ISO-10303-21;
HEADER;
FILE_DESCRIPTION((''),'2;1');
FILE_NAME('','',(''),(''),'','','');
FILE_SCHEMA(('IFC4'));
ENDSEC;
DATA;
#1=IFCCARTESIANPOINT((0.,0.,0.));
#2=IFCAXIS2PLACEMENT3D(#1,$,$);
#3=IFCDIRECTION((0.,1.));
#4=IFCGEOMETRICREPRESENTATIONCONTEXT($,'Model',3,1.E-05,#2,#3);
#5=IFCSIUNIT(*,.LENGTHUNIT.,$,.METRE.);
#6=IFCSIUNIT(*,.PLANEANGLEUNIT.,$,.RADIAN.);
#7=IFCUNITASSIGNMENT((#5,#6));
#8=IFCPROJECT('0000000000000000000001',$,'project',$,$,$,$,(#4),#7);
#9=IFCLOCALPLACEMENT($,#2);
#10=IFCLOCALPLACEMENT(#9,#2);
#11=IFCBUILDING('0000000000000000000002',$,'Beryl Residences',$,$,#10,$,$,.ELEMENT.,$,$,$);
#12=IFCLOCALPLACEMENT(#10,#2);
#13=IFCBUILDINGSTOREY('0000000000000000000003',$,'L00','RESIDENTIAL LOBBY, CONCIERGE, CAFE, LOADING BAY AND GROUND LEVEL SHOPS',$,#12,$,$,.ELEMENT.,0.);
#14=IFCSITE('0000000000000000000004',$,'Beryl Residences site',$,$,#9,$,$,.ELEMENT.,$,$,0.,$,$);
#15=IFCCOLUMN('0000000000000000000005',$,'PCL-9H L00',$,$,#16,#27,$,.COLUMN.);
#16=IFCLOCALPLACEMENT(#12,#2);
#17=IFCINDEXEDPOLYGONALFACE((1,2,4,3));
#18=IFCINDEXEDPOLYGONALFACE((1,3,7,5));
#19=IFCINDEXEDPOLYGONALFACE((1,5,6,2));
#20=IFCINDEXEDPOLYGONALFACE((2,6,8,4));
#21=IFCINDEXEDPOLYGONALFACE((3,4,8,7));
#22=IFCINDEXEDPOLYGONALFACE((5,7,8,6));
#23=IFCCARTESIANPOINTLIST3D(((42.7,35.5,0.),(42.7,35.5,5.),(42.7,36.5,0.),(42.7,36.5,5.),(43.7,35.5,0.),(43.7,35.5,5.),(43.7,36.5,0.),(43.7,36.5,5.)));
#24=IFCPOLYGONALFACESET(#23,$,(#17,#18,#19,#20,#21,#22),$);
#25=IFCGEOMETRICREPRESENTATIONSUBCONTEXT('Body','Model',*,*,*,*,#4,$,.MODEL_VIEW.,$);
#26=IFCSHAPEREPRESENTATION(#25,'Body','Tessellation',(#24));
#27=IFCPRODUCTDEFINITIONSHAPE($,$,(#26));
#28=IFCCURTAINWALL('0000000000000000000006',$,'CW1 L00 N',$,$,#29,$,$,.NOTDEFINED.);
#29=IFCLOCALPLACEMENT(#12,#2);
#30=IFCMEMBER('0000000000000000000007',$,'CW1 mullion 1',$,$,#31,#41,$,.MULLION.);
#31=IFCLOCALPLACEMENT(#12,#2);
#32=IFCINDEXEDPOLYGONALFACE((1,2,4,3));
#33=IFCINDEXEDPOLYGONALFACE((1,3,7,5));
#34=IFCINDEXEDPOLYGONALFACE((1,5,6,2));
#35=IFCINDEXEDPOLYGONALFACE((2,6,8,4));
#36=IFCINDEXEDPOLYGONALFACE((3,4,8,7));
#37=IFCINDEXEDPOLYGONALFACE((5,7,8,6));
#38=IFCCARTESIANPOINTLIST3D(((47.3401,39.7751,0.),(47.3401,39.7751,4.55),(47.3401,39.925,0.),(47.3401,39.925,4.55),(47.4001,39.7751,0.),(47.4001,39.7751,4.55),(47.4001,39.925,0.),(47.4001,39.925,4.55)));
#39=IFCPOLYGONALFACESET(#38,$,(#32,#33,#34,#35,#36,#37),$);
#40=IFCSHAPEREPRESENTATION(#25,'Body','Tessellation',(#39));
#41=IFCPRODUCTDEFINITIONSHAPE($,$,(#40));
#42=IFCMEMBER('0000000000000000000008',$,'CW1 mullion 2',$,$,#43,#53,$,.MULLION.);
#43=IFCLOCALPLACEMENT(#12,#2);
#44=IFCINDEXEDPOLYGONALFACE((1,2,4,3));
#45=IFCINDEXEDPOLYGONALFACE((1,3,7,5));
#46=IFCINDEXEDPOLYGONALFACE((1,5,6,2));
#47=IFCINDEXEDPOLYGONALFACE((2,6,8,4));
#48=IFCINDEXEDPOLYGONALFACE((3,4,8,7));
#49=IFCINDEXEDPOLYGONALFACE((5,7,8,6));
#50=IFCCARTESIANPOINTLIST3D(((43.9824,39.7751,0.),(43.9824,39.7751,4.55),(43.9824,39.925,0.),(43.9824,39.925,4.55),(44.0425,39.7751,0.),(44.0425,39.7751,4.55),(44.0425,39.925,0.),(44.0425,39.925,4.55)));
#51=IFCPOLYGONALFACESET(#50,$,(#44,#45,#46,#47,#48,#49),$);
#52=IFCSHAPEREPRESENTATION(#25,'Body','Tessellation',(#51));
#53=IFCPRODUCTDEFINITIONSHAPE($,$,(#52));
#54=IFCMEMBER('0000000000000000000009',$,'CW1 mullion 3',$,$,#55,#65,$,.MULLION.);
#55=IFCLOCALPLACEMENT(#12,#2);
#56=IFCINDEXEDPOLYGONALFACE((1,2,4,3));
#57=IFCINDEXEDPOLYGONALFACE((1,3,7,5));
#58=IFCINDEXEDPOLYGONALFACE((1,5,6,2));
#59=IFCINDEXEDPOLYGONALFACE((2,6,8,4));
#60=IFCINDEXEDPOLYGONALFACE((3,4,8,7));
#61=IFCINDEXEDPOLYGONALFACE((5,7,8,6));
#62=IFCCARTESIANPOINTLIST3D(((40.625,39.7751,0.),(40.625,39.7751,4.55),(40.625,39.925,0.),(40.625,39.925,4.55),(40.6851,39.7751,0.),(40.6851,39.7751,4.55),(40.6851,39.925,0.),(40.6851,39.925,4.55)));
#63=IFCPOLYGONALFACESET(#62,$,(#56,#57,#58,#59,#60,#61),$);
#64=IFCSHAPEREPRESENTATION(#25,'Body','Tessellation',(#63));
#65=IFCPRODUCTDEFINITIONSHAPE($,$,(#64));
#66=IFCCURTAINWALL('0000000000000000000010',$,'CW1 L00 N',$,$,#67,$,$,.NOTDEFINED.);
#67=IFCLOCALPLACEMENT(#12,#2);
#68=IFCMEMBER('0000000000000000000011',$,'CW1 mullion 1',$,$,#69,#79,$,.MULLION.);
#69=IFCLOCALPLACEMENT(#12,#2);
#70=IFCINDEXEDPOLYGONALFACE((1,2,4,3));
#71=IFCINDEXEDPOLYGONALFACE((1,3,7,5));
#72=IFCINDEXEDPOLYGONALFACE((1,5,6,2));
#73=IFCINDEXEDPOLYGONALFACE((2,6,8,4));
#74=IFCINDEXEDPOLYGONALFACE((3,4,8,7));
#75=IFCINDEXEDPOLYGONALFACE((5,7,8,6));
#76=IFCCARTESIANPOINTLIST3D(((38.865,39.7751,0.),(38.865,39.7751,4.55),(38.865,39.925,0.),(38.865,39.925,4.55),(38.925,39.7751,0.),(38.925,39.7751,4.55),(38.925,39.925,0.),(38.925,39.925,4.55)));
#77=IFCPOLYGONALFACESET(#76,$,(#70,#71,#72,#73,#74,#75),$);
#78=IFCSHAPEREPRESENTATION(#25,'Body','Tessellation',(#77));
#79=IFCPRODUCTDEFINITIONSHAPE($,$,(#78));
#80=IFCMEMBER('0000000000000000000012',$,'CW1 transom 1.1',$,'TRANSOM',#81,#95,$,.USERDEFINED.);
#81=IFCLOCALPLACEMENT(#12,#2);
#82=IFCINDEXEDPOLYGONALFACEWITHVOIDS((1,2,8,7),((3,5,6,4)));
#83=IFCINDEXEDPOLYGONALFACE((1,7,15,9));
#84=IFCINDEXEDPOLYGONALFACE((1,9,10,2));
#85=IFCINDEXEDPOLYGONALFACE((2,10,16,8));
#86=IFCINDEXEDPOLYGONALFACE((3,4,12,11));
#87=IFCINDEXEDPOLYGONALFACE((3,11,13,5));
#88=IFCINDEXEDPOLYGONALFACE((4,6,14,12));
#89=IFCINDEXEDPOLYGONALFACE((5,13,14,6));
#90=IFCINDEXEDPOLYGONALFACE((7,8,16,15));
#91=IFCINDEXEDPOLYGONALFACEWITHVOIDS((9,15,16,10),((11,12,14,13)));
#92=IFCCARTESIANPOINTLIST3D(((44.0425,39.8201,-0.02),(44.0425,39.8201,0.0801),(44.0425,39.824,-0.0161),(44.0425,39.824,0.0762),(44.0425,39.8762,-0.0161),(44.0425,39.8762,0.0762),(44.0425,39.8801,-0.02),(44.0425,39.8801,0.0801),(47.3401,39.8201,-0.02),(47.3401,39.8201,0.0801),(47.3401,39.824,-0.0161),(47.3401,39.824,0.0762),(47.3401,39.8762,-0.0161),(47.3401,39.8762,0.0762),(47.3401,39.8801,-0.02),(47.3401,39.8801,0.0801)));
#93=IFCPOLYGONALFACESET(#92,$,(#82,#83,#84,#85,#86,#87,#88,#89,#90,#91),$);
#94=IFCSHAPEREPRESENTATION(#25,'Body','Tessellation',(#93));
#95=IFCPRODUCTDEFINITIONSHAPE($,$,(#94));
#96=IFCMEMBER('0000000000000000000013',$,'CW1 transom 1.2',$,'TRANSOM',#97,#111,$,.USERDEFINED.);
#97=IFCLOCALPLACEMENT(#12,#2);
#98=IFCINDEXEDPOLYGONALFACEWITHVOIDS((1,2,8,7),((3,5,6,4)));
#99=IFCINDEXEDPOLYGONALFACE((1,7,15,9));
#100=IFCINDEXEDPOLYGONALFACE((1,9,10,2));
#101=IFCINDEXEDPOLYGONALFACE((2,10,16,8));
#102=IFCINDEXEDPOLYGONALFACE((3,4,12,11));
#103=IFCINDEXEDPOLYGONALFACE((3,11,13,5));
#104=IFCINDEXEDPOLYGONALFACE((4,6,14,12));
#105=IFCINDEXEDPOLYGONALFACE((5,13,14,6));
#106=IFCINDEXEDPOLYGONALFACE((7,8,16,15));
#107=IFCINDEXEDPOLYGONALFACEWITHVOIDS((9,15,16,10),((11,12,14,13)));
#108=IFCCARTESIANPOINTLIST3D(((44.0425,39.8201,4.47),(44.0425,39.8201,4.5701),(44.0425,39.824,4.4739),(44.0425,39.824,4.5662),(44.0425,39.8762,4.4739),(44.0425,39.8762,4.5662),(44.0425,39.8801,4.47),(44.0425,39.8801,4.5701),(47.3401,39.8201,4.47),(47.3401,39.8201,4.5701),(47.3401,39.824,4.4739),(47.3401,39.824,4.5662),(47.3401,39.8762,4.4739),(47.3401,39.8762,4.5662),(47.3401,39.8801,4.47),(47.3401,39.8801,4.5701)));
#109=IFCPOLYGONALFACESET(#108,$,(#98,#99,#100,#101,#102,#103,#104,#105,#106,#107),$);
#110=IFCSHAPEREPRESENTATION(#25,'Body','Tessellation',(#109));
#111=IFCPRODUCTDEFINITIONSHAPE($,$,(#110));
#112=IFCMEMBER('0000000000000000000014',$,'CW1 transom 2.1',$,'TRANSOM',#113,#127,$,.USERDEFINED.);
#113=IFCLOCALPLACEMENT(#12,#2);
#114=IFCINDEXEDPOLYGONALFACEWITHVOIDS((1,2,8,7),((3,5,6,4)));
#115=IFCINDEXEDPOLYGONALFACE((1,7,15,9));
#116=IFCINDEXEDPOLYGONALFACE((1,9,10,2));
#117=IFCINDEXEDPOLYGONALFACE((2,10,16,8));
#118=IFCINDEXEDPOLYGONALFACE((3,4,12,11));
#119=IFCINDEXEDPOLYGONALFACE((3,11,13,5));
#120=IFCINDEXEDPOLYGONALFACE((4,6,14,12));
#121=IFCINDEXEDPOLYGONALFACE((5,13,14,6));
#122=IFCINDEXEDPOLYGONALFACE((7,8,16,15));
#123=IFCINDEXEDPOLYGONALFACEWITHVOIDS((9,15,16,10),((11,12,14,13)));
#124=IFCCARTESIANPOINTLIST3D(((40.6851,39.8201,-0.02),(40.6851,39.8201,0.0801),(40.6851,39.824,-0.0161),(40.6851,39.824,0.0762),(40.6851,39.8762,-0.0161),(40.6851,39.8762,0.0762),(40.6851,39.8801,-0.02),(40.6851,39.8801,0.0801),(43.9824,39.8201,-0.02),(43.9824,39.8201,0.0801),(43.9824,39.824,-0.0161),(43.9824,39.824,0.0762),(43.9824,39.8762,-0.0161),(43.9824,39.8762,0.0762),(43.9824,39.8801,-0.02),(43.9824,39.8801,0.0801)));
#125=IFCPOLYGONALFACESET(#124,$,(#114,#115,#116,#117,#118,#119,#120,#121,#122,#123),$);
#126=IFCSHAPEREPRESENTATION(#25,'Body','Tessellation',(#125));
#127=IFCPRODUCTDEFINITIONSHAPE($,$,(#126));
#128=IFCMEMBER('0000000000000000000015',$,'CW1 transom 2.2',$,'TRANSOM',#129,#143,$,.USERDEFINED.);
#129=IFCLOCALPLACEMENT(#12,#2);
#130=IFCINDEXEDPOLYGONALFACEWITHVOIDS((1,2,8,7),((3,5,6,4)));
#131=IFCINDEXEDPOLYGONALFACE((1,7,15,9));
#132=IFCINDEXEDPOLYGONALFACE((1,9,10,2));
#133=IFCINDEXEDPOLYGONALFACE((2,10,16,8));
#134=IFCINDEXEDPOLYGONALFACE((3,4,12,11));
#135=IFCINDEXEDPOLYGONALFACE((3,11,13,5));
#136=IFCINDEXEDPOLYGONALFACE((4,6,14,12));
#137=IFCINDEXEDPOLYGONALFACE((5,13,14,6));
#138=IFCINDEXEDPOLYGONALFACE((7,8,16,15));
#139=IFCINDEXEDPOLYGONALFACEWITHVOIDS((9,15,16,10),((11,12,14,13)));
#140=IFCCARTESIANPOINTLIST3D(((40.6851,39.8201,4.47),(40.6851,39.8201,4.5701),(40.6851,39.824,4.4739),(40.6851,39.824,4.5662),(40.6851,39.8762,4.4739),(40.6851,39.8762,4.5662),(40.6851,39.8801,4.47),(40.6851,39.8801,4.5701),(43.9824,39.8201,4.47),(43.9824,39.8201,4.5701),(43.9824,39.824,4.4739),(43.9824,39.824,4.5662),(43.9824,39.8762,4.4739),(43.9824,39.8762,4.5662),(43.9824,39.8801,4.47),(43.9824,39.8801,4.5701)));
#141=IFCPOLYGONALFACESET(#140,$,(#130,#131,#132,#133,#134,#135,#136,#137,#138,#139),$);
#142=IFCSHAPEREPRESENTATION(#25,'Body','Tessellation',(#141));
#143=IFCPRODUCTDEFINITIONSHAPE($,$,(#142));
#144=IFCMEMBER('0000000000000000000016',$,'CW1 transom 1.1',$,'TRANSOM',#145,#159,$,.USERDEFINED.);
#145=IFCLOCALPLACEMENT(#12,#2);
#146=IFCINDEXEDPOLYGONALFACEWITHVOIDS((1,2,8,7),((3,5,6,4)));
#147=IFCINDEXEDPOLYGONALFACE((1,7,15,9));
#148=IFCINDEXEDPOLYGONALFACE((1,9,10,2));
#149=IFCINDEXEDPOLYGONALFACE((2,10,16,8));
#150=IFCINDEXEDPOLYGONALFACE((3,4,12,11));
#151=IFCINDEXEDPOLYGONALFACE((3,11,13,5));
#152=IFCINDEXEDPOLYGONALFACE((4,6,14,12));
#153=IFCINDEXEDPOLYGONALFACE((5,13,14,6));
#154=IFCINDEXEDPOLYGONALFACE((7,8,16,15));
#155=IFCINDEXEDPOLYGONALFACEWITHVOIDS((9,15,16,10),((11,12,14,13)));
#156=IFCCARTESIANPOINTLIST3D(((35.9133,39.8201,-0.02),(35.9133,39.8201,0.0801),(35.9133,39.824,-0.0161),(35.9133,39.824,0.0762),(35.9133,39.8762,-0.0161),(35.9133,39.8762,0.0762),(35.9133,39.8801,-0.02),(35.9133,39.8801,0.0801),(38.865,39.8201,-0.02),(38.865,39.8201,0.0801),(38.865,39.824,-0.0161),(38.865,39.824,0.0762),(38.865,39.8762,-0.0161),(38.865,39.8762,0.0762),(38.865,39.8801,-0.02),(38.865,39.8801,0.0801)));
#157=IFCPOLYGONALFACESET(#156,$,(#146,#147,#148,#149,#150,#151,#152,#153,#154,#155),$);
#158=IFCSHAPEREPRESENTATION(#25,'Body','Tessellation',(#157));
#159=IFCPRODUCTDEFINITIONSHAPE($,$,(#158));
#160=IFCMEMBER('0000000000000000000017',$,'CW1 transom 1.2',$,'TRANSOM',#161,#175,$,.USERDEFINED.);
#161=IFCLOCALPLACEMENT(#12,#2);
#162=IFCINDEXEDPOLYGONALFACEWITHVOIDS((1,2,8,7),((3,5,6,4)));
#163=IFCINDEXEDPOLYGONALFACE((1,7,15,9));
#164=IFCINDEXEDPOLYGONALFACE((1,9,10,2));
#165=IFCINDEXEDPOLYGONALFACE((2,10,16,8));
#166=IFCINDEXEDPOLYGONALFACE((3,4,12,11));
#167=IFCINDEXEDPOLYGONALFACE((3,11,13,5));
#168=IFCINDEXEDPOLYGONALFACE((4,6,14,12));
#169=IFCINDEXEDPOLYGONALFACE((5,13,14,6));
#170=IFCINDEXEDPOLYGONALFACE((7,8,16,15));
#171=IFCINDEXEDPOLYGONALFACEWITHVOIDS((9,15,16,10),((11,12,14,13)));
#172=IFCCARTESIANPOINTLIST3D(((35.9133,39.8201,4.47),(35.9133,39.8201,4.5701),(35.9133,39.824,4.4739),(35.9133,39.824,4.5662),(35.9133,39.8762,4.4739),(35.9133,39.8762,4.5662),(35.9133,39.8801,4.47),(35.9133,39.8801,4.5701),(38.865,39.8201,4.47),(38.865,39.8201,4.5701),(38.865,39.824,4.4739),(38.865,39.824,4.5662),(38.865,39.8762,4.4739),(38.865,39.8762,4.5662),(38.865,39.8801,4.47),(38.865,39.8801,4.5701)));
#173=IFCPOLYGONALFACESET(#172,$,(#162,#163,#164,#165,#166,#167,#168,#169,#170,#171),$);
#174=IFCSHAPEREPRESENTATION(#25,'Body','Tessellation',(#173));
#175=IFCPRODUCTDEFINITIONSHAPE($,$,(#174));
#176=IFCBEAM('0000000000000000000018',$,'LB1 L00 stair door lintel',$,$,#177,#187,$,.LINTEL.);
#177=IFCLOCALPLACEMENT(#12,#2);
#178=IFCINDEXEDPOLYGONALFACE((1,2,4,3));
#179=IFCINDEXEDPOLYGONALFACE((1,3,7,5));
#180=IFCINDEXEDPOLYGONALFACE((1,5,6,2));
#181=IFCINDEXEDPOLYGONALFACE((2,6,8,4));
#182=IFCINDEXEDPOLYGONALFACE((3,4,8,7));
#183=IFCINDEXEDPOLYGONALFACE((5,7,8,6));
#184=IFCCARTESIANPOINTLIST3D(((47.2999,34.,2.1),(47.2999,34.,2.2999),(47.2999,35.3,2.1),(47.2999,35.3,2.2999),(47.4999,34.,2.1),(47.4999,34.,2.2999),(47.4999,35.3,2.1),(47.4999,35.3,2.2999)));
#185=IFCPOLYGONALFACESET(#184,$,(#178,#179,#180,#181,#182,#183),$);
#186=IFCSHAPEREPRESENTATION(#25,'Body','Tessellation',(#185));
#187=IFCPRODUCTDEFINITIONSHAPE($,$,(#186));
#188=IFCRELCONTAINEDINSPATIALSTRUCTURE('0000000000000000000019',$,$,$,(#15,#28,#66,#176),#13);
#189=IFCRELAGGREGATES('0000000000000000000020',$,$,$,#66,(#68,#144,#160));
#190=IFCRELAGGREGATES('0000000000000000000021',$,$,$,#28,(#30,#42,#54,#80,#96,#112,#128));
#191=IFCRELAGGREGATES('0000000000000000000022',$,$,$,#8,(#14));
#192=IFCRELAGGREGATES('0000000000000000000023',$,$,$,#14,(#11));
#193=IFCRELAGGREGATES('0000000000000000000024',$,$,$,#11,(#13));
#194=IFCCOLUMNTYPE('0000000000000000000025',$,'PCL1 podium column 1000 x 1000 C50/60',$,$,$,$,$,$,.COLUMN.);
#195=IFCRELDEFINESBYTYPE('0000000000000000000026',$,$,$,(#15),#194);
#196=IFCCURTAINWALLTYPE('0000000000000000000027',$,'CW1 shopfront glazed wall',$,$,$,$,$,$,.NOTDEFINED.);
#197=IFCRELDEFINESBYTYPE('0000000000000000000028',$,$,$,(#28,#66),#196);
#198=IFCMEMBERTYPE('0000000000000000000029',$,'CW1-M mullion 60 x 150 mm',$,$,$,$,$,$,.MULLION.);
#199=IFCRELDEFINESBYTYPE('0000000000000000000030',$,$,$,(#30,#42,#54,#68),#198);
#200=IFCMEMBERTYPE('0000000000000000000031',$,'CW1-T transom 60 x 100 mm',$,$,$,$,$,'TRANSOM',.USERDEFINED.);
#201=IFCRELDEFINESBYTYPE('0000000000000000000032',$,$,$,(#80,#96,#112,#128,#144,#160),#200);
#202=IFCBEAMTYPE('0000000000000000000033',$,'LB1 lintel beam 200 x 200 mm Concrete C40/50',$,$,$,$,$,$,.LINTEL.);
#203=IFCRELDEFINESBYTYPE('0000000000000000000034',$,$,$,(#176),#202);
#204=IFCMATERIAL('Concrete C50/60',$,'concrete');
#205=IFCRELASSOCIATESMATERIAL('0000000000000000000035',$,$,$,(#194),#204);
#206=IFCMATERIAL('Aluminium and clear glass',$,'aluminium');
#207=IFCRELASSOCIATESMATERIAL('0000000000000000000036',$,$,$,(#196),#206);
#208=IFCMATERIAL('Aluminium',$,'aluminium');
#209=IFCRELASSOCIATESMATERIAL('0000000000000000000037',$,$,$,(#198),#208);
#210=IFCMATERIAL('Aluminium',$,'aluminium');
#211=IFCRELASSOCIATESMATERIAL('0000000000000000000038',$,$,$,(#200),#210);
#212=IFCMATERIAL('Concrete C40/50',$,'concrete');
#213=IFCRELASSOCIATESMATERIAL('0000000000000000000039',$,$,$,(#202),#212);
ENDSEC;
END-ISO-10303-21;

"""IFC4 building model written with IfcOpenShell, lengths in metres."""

from ifc_helpers import new_model, si_unit, direction, frame, origin, origin_2d, place, context, subcontext, project, spatial, rectangle, hollow_rectangle, extrude, material, material_profile, profile_set, type_object, element, aggregate, save


model = new_model("IFC4")

# Units and contexts
model_context = context("Model", 3, precision=1e-05, world=origin(), true_north=direction((0.0, 1.0)))
body_context = subcontext(model_context, "Body", "Model", "MODEL_VIEW")
ifc_project = project(units=[si_unit("LENGTHUNIT", "METRE"), si_unit("PLANEANGLEUNIT", "RADIAN")], contexts=[model_context])

# Site, building, storey
site_placement = place(None, origin())
site = spatial("IfcSite", under=ifc_project, at=site_placement, Name="Beryl Residences site", CompositionType="ELEMENT", RefElevation=0.0)
building_placement = place(site_placement, origin())
building = spatial("IfcBuilding", under=site, at=building_placement, Name="Beryl Residences", CompositionType="ELEMENT")
storey_placement = place(building_placement, origin())
storey = spatial("IfcBuildingStorey", under=building, at=storey_placement, Name="L00", Description="RESIDENTIAL LOBBY, CONCIERGE, CAFE, LOADING BAY AND GROUND LEVEL SHOPS", CompositionType="ELEMENT", Elevation=0.0)

# Column
ifc_material_1 = material(Name="Concrete C50/60", Category="concrete")
ifc_material_profile_1 = material_profile(ifc_material_1, rectangle(XDim=1.0, YDim=1.0, at=origin_2d()))
ifc_profile_set_1 = profile_set([ifc_material_profile_1], Name="Concrete C50/60")
column_type = type_object("IfcColumnType", Name="PCL1 podium column 1000 x 1000 C50/60", PredefinedType="COLUMN", material=ifc_profile_set_1)
column_placement = place(storey_placement, frame((43.2, 36.0, 0.0), z_axis=(0.0, 0.0, 1.0), x_axis=(1.0, 0.0, 0.0)))
element("IfcColumn", 1, at=column_placement, inside=storey, type_object=column_type, Name="PCL-9H L00", PredefinedType="COLUMN", context=body_context, shape_type="SweptSolid", body=[
    extrude(rectangle(XDim=1.0, YDim=1.0, at=origin_2d()), origin(), (0.0, 0.0, 1.0), 5.0),
])

# Curtain wall, members
ifc_material_2 = material(Name="Aluminium and clear glass", Category="aluminium")
curtain_wall_type = type_object("IfcCurtainWallType", Name="CW1 shopfront glazed wall", PredefinedType="NOTDEFINED", material=ifc_material_2)
curtain_wall_1_placement = place(storey_placement, origin())
curtain_wall_1 = element("IfcCurtainWall", 2, at=curtain_wall_1_placement, inside=storey, type_object=curtain_wall_type, Name="CW1 L00 N", PredefinedType="NOTDEFINED")
ifc_material_3 = material(Name="Aluminium", Category="aluminium")
ifc_material_profile_2 = material_profile(ifc_material_3, rectangle(XDim=0.0601, YDim=0.1499, at=origin_2d()))
ifc_profile_set_2 = profile_set([ifc_material_profile_2], Name="Aluminium")
member_type_1 = type_object("IfcMemberType", Name="CW1-M mullion 60 x 150 mm", PredefinedType="MULLION", material=ifc_profile_set_2)
member_1_placement = place(storey_placement, frame((47.3701, 39.8501, 0.0), z_axis=(0.0, 0.0, 1.0), x_axis=(-1.0, 0.0, 0.0)))
member_1 = element("IfcMember", 3, at=member_1_placement, type_object=member_type_1, Name="CW1 mullion 1", PredefinedType="MULLION", context=body_context, shape_type="SweptSolid", body=[
    extrude(rectangle(XDim=0.0601, YDim=0.1499, at=origin_2d()), origin(), (0.0, 0.0, 1.0), 4.55),
])
member_2_placement = place(storey_placement, frame((44.0125, 39.8501, 0.0), z_axis=(0.0, 0.0, 1.0), x_axis=(-1.0, 0.0, 0.0)))
member_2 = element("IfcMember", 4, at=member_2_placement, type_object=member_type_1, Name="CW1 mullion 2", PredefinedType="MULLION", context=body_context, shape_type="SweptSolid", body=[
    extrude(rectangle(XDim=0.0601, YDim=0.1499, at=origin_2d()), origin(), (0.0, 0.0, 1.0), 4.55),
])
member_3_placement = place(storey_placement, frame((40.655, 39.8501, 0.0), z_axis=(0.0, 0.0, 1.0), x_axis=(-1.0, 0.0, 0.0)))
member_3 = element("IfcMember", 5, at=member_3_placement, type_object=member_type_1, Name="CW1 mullion 3", PredefinedType="MULLION", context=body_context, shape_type="SweptSolid", body=[
    extrude(rectangle(XDim=0.0601, YDim=0.1499, at=origin_2d()), origin(), (0.0, 0.0, 1.0), 4.55),
])

# Curtain wall, member
curtain_wall_2_placement = place(storey_placement, origin())
curtain_wall_2 = element("IfcCurtainWall", 6, at=curtain_wall_2_placement, inside=storey, type_object=curtain_wall_type, Name="CW1 L00 N", PredefinedType="NOTDEFINED")
member_4_placement = place(storey_placement, frame((38.895, 39.8501, 0.0), z_axis=(0.0, 0.0, 1.0), x_axis=(-1.0, 0.0, 0.0)))
member_4 = element("IfcMember", 7, at=member_4_placement, type_object=member_type_1, Name="CW1 mullion 1", PredefinedType="MULLION", context=body_context, shape_type="SweptSolid", body=[
    extrude(rectangle(XDim=0.0601, YDim=0.1499, at=origin_2d()), origin(), (0.0, 0.0, 1.0), 4.55),
])

# Members
ifc_material_4 = material(Name="Aluminium", Category="aluminium")
ifc_material_profile_3 = material_profile(ifc_material_4, hollow_rectangle(XDim=0.0601, YDim=0.1001, WallThickness=0.0039, at=origin_2d()))
ifc_profile_set_3 = profile_set([ifc_material_profile_3], Name="Aluminium")
member_type_2 = type_object("IfcMemberType", Name="CW1-T transom 60 x 100 mm", ElementType="TRANSOM", PredefinedType="USERDEFINED", material=ifc_profile_set_3)
member_5_placement = place(storey_placement, frame((47.3401, 39.8501, 0.03), z_axis=(-1.0, 0.0, 0.0), x_axis=(0.0, -1.0, 0.0)))
member_5 = element("IfcMember", 8, at=member_5_placement, type_object=member_type_2, Name="CW1 transom 1.1", ObjectType="TRANSOM", PredefinedType="USERDEFINED", context=body_context, shape_type="SweptSolid", body=[
    extrude(hollow_rectangle(XDim=0.0601, YDim=0.1001, WallThickness=0.0039, at=origin_2d()), origin(), (0.0, 0.0, 1.0), 3.2976),
])
member_6_placement = place(storey_placement, frame((47.3401, 39.8501, 4.52), z_axis=(-1.0, 0.0, 0.0), x_axis=(0.0, -1.0, 0.0)))
member_6 = element("IfcMember", 9, at=member_6_placement, type_object=member_type_2, Name="CW1 transom 1.2", ObjectType="TRANSOM", PredefinedType="USERDEFINED", context=body_context, shape_type="SweptSolid", body=[
    extrude(hollow_rectangle(XDim=0.0601, YDim=0.1001, WallThickness=0.0039, at=origin_2d()), origin(), (0.0, 0.0, 1.0), 3.2976),
])
member_7_placement = place(storey_placement, frame((43.9824, 39.8501, 0.03), z_axis=(-1.0, 0.0, 0.0), x_axis=(0.0, -1.0, 0.0)))
member_7 = element("IfcMember", 10, at=member_7_placement, type_object=member_type_2, Name="CW1 transom 2.1", ObjectType="TRANSOM", PredefinedType="USERDEFINED", context=body_context, shape_type="SweptSolid", body=[
    extrude(hollow_rectangle(XDim=0.0601, YDim=0.1001, WallThickness=0.0039, at=origin_2d()), origin(), (0.0, 0.0, 1.0), 3.2974),
])
member_8_placement = place(storey_placement, frame((43.9824, 39.8501, 4.52), z_axis=(-1.0, 0.0, 0.0), x_axis=(0.0, -1.0, 0.0)))
member_8 = element("IfcMember", 11, at=member_8_placement, type_object=member_type_2, Name="CW1 transom 2.2", ObjectType="TRANSOM", PredefinedType="USERDEFINED", context=body_context, shape_type="SweptSolid", body=[
    extrude(hollow_rectangle(XDim=0.0601, YDim=0.1001, WallThickness=0.0039, at=origin_2d()), origin(), (0.0, 0.0, 1.0), 3.2974),
])
member_9_placement = place(storey_placement, frame((38.865, 39.8501, 0.03), z_axis=(-1.0, 0.0, 0.0), x_axis=(0.0, -1.0, 0.0)))
member_9 = element("IfcMember", 12, at=member_9_placement, type_object=member_type_2, Name="CW1 transom 1.1", ObjectType="TRANSOM", PredefinedType="USERDEFINED", context=body_context, shape_type="SweptSolid", body=[
    extrude(hollow_rectangle(XDim=0.0601, YDim=0.1001, WallThickness=0.0039, at=origin_2d()), origin(), (0.0, 0.0, 1.0), 2.9517),
])
member_10_placement = place(storey_placement, frame((38.865, 39.8501, 4.52), z_axis=(-1.0, 0.0, 0.0), x_axis=(0.0, -1.0, 0.0)))
member_10 = element("IfcMember", 13, at=member_10_placement, type_object=member_type_2, Name="CW1 transom 1.2", ObjectType="TRANSOM", PredefinedType="USERDEFINED", context=body_context, shape_type="SweptSolid", body=[
    extrude(hollow_rectangle(XDim=0.0601, YDim=0.1001, WallThickness=0.0039, at=origin_2d()), origin(), (0.0, 0.0, 1.0), 2.9517),
])
aggregate(curtain_wall_2, [member_4, member_9, member_10])

# Beam
ifc_material_5 = material(Name="Concrete C40/50", Category="concrete")
ifc_material_profile_4 = material_profile(ifc_material_5, rectangle(XDim=0.2, YDim=0.2, at=origin_2d()))
ifc_profile_set_4 = profile_set([ifc_material_profile_4], Name="Concrete C40/50")
beam_type = type_object("IfcBeamType", Name="LB1 lintel beam 200 x 200 mm Concrete C40/50", PredefinedType="LINTEL", material=ifc_profile_set_4)
beam_placement = place(storey_placement, frame((47.3999, 34.0, 2.2), z_axis=(0.0, 1.0, 0.0), x_axis=(-1.0, 0.0, 0.0)))
element("IfcBeam", 14, at=beam_placement, inside=storey, type_object=beam_type, Name="LB1 L00 stair door lintel", PredefinedType="LINTEL", context=body_context, shape_type="SweptSolid", body=[
    extrude(rectangle(XDim=0.2, YDim=0.2, at=origin_2d()), origin(), (0.0, 0.0, 1.0), 1.3),
])

aggregate(curtain_wall_1, [member_1, member_2, member_3, member_5, member_6, member_7, member_8])

save(model, "model.ifc")
